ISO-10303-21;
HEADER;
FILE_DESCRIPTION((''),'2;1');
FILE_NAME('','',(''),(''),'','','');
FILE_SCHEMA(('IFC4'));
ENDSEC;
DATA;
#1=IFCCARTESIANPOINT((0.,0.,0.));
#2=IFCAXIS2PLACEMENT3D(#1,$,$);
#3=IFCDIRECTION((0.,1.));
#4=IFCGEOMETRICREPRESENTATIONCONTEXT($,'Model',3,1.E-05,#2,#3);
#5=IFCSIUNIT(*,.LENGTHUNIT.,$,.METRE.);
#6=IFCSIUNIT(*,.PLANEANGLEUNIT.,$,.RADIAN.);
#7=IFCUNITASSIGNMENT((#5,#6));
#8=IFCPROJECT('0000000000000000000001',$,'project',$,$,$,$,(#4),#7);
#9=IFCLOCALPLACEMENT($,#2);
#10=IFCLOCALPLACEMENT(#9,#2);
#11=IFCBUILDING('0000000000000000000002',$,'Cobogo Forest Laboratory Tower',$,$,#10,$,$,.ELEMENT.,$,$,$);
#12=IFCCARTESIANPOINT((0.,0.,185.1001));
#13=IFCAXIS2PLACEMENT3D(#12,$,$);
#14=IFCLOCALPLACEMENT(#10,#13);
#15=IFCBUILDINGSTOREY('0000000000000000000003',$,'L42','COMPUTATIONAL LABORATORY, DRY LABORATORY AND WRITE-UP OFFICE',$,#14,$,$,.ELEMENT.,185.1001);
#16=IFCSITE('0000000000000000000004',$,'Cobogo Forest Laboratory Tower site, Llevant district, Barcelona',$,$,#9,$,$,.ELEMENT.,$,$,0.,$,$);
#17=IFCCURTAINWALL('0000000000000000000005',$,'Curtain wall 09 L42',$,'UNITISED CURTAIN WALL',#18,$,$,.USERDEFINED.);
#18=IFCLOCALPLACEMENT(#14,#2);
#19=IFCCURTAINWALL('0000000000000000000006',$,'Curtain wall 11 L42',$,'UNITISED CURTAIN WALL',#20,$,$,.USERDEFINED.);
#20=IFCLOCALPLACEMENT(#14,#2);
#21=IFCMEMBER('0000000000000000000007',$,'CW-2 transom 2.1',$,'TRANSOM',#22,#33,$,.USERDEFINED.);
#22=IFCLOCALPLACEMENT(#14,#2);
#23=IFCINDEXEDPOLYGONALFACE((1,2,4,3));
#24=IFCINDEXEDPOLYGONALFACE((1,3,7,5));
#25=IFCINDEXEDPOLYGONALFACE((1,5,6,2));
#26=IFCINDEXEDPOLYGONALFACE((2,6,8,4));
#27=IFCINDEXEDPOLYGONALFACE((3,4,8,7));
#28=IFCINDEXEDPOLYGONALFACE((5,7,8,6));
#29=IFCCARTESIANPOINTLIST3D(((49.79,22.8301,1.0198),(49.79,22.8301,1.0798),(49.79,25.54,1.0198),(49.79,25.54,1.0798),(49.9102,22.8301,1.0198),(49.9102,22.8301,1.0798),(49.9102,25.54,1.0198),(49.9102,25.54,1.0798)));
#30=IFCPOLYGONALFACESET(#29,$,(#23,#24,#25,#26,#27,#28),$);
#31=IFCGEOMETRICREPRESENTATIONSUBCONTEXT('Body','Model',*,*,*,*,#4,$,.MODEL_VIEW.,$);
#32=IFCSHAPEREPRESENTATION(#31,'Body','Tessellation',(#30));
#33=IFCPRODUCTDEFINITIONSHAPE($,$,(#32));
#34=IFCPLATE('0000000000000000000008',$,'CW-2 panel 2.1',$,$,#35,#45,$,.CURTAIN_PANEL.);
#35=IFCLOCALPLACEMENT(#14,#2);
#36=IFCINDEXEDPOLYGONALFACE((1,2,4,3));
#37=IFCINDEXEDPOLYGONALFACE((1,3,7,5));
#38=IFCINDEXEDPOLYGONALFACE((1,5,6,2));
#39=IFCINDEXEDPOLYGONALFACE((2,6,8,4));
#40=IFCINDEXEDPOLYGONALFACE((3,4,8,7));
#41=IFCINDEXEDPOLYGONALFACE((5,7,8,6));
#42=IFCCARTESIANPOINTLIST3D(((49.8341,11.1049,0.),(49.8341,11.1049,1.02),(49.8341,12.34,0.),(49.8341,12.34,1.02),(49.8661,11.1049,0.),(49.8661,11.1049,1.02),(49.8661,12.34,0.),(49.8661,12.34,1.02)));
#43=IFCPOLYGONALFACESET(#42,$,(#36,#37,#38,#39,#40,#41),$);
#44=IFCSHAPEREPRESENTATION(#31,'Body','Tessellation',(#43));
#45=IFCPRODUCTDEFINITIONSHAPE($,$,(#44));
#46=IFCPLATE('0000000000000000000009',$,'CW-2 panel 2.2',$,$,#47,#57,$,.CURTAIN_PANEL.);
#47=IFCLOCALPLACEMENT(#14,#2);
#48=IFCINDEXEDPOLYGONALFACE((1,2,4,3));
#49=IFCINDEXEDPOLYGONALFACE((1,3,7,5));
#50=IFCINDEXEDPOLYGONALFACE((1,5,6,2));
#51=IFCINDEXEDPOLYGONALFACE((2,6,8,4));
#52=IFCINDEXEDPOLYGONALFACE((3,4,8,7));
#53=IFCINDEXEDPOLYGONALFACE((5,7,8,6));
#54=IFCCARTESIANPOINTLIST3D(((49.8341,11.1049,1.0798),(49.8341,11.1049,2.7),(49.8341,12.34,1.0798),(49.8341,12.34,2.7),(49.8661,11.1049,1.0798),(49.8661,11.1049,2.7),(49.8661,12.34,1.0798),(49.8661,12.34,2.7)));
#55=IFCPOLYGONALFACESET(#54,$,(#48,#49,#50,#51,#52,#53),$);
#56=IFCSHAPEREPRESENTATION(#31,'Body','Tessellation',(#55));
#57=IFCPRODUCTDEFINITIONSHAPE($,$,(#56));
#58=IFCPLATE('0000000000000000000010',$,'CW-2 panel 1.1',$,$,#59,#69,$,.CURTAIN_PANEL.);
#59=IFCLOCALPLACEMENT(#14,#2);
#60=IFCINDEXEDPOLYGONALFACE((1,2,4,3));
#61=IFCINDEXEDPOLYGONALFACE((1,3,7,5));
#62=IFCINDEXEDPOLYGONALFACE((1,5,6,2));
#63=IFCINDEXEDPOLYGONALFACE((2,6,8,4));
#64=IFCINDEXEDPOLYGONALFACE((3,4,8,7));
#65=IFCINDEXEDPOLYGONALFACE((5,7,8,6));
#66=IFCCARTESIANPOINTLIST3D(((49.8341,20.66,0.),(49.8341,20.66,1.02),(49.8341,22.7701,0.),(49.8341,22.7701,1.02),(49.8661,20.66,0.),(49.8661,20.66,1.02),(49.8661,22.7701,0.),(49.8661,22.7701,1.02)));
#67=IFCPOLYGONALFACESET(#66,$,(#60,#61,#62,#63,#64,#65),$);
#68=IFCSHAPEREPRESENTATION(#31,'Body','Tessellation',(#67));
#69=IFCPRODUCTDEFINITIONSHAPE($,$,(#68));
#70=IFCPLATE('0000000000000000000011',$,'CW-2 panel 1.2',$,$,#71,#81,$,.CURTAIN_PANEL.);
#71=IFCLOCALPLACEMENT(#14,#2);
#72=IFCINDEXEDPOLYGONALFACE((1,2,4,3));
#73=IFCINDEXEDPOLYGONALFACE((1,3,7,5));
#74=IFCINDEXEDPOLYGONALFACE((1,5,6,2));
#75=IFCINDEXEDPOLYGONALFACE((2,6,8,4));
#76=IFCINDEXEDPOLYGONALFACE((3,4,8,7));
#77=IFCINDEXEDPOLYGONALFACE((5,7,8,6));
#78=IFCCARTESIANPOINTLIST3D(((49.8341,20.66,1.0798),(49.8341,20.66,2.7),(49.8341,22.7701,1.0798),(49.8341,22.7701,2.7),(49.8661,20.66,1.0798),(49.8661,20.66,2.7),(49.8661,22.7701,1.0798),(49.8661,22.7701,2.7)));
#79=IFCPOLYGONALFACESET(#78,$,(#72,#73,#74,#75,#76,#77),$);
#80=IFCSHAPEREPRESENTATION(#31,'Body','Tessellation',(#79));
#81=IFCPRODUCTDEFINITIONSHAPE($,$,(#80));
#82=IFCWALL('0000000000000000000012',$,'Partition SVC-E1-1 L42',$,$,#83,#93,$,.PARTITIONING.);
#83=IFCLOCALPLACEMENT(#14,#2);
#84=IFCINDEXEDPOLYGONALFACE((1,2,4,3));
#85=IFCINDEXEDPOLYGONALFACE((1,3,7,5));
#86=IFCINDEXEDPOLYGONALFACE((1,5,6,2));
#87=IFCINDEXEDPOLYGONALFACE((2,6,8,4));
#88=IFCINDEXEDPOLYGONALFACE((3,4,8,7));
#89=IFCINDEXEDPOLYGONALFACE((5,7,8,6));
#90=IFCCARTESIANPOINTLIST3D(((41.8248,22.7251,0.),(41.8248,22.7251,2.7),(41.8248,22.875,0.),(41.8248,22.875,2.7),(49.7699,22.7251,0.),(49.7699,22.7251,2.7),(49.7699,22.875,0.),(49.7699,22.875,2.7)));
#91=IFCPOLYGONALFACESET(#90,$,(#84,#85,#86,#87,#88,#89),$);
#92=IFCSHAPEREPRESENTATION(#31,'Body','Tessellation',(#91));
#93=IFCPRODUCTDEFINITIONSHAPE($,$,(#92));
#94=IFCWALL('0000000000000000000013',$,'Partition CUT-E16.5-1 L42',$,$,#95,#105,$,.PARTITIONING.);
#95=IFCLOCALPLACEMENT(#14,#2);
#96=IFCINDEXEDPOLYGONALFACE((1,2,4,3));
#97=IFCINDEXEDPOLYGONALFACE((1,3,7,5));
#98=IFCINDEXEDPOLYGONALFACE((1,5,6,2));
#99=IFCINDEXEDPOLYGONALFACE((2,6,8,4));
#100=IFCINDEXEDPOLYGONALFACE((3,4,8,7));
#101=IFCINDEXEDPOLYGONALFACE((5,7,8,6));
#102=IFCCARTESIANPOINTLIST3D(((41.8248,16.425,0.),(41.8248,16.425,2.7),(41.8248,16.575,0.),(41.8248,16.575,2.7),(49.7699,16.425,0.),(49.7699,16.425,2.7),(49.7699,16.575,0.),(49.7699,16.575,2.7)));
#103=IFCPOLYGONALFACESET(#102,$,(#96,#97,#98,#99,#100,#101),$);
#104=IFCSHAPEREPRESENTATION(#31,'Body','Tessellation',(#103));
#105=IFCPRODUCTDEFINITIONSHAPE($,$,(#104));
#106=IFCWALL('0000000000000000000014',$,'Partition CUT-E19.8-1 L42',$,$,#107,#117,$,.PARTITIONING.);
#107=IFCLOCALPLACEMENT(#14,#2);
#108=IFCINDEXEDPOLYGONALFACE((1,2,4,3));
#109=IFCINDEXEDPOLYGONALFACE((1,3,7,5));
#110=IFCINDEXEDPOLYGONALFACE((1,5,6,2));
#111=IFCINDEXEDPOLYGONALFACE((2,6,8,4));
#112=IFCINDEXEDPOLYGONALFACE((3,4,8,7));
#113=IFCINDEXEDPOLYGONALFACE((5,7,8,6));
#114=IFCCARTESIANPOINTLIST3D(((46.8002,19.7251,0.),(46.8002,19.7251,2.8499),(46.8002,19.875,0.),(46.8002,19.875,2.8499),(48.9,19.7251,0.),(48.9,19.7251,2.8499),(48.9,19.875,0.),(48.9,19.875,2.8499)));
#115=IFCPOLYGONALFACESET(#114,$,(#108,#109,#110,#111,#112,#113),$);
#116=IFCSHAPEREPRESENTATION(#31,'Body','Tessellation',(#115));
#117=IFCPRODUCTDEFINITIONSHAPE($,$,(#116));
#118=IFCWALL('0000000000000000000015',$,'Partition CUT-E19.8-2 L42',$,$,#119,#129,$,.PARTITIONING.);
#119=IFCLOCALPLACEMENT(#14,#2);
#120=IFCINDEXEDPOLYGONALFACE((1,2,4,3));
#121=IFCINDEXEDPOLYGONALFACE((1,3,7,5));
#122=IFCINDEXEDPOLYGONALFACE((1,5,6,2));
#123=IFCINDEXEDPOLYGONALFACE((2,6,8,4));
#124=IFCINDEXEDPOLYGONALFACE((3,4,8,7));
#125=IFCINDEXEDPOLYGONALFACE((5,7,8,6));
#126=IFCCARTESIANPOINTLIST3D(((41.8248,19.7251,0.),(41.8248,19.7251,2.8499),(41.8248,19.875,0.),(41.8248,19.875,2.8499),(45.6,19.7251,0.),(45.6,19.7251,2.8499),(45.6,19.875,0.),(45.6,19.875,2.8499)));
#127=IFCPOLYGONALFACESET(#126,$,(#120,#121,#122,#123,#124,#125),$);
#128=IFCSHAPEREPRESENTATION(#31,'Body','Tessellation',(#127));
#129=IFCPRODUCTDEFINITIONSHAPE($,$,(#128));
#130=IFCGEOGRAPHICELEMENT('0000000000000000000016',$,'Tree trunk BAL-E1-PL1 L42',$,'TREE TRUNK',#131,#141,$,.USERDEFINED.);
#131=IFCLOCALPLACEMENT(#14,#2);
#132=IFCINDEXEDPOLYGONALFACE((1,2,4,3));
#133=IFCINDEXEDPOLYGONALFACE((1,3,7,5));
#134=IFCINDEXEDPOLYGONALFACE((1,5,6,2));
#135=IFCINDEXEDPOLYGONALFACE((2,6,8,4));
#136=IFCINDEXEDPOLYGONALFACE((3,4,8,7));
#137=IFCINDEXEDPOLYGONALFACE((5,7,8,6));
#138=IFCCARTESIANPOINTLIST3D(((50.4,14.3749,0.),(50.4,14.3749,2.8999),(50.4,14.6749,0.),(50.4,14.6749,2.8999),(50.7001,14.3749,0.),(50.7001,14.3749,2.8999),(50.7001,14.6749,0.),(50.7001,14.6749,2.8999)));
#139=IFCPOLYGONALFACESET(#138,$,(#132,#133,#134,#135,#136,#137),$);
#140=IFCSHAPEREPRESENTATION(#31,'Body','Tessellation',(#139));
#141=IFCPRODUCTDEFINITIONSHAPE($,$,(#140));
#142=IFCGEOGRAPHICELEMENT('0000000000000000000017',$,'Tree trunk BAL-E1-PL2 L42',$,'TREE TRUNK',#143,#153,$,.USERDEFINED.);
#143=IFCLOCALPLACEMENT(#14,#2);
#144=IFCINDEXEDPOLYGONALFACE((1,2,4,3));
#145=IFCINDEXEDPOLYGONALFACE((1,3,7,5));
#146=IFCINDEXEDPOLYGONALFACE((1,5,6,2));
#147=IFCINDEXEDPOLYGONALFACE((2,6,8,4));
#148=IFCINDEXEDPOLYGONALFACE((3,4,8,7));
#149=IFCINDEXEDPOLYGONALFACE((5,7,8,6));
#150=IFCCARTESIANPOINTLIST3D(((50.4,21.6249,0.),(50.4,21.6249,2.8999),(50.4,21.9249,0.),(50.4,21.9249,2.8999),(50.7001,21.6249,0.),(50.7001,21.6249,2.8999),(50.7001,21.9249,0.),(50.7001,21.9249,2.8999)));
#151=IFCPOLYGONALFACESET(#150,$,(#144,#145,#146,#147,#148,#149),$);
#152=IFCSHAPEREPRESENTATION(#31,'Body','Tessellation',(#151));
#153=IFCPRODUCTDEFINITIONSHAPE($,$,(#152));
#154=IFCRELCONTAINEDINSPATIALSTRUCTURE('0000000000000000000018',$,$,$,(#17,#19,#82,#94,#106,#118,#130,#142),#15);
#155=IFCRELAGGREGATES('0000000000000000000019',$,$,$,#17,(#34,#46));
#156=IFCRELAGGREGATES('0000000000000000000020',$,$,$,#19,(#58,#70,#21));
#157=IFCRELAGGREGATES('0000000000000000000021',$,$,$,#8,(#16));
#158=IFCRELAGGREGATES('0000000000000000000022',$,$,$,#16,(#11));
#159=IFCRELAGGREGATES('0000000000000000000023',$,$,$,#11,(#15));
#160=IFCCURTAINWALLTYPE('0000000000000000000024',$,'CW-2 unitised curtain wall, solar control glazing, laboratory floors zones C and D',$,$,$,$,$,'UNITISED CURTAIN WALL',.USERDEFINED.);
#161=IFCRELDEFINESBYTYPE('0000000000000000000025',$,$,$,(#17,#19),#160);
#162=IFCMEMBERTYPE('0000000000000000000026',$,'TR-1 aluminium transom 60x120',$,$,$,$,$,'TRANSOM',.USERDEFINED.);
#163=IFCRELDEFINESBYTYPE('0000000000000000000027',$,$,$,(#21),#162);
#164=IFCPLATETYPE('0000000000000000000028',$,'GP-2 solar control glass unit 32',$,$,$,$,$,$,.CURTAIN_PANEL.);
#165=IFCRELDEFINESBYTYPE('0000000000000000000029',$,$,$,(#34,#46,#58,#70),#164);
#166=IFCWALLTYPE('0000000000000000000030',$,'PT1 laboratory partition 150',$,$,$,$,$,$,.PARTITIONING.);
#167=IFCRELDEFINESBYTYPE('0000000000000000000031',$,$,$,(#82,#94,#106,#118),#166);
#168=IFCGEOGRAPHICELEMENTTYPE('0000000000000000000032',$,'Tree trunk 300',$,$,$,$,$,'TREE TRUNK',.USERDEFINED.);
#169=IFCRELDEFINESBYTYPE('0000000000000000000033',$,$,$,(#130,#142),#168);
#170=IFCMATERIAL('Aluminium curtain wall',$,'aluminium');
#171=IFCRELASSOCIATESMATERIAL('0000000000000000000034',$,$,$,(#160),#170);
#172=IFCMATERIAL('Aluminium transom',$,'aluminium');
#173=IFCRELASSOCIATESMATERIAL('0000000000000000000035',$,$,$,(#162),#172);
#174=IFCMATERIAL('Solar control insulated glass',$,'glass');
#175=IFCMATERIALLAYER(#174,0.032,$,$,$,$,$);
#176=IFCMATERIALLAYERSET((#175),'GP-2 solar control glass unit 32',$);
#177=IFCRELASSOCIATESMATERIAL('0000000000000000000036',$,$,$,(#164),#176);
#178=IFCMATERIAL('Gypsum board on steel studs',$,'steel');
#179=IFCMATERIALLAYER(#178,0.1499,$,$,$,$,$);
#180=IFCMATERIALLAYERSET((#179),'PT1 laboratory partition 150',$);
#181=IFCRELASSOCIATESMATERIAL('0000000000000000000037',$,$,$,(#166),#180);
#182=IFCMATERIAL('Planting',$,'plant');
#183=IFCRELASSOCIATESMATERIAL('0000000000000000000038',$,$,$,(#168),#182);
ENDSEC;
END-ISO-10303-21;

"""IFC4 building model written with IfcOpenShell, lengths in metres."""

from ifc_helpers import new_model, si_unit, direction, frame, frame_2d, origin, origin_2d, place, context, subcontext, project, spatial, rectangle, extrude, material, layer, layer_set, material_profile, profile_set, type_object, element, aggregate, save


model = new_model("IFC4")

# Units and contexts
model_context = context("Model", 3, precision=1e-05, world=origin(), true_north=direction((0.0, 1.0)))
body_context = subcontext(model_context, "Body", "Model", "MODEL_VIEW")
ifc_project = project(units=[si_unit("LENGTHUNIT", "METRE"), si_unit("PLANEANGLEUNIT", "RADIAN")], contexts=[model_context])

# Site, building, storey
site_placement = place(None, origin())
site = spatial("IfcSite", under=ifc_project, at=site_placement, Name="Cobogo Forest Laboratory Tower site, Llevant district, Barcelona", CompositionType="ELEMENT", RefElevation=0.0)
building_placement = place(site_placement, origin())
building = spatial("IfcBuilding", under=site, at=building_placement, Name="Cobogo Forest Laboratory Tower", CompositionType="ELEMENT")
storey_placement = place(building_placement, frame((0.0, 0.0, 185.1001)))
storey = spatial("IfcBuildingStorey", under=building, at=storey_placement, Name="L42", Description="COMPUTATIONAL LABORATORY, DRY LABORATORY AND WRITE-UP OFFICE", CompositionType="ELEMENT", Elevation=185.1001)

# Curtain wall
ifc_material_1 = material(Name="Aluminium curtain wall", Category="aluminium")
curtain_wall_type = type_object("IfcCurtainWallType", Name="CW-2 unitised curtain wall, solar control glazing, laboratory floors zones C and D", ElementType="UNITISED CURTAIN WALL", PredefinedType="USERDEFINED", material=ifc_material_1)
curtain_wall_1_placement = place(storey_placement, origin())
curtain_wall_1 = element("IfcCurtainWall", 1, at=curtain_wall_1_placement, inside=storey, type_object=curtain_wall_type, Name="Curtain wall 09 L42", ObjectType="UNITISED CURTAIN WALL", PredefinedType="USERDEFINED")

# Curtain wall
curtain_wall_2_placement = place(storey_placement, origin())
curtain_wall_2 = element("IfcCurtainWall", 2, at=curtain_wall_2_placement, inside=storey, type_object=curtain_wall_type, Name="Curtain wall 11 L42", ObjectType="UNITISED CURTAIN WALL", PredefinedType="USERDEFINED")

# Member
ifc_material_2 = material(Name="Aluminium transom", Category="aluminium")
ifc_material_profile_1 = material_profile(ifc_material_2, rectangle(XDim=0.1201, YDim=0.0601, at=origin_2d()), Name="AL 60x120")
ifc_profile_set_1 = profile_set([ifc_material_profile_1], Name="Aluminium transom")
member_type_1 = type_object("IfcMemberType", Name="TR-1 aluminium transom 60x120", ElementType="TRANSOM", PredefinedType="USERDEFINED", material=ifc_profile_set_1)
member_1_placement = place(storey_placement, frame((49.8501, 22.8301, 1.0498), z_axis=(0.0, 1.0, 0.0), x_axis=(-1.0, 0.0, 0.0)))
member_1 = element("IfcMember", 3, at=member_1_placement, type_object=member_type_1, Name="CW-2 transom 2.1", ObjectType="TRANSOM", PredefinedType="USERDEFINED", context=body_context, shape_type="SweptSolid", body=[
    extrude(rectangle(XDim=0.1201, YDim=0.0601, at=origin_2d()), origin(), (0.0, 0.0, 1.0), 2.71),
])

# Plates
ifc_material_3 = material(Name="Solar control insulated glass", Category="glass")
ifc_layer_1 = layer(ifc_material_3, 0.032)
ifc_layer_set_1 = layer_set([ifc_layer_1], Name="GP-2 solar control glass unit 32")
plate_type = type_object("IfcPlateType", Name="GP-2 solar control glass unit 32", PredefinedType="CURTAIN_PANEL", material=ifc_layer_set_1)
plate_1_placement = place(storey_placement, frame((49.8501, 11.7224, 0.0), z_axis=(0.0, 0.0, 1.0), x_axis=(0.0, 1.0, 0.0)))
plate_1 = element("IfcPlate", 4, at=plate_1_placement, type_object=plate_type, Name="CW-2 panel 2.1", PredefinedType="CURTAIN_PANEL", context=body_context, shape_type="SweptSolid", body=[
    extrude(rectangle(XDim=1.2351, YDim=0.032, at=origin_2d()), origin(), (0.0, 0.0, 1.0), 1.02),
])
plate_2_placement = place(storey_placement, frame((49.8501, 11.7224, 1.0798), z_axis=(0.0, 0.0, 1.0), x_axis=(0.0, 1.0, 0.0)))
plate_2 = element("IfcPlate", 5, at=plate_2_placement, type_object=plate_type, Name="CW-2 panel 2.2", PredefinedType="CURTAIN_PANEL", context=body_context, shape_type="SweptSolid", body=[
    extrude(rectangle(XDim=1.2351, YDim=0.032, at=origin_2d()), origin(), (0.0, 0.0, 1.0), 1.6201),
])
aggregate(curtain_wall_1, [plate_1, plate_2])
plate_3_placement = place(storey_placement, frame((49.8501, 21.7151, 0.0), z_axis=(0.0, 0.0, 1.0), x_axis=(0.0, 1.0, 0.0)))
plate_3 = element("IfcPlate", 6, at=plate_3_placement, type_object=plate_type, Name="CW-2 panel 1.1", PredefinedType="CURTAIN_PANEL", context=body_context, shape_type="SweptSolid", body=[
    extrude(rectangle(XDim=2.1101, YDim=0.032, at=origin_2d()), origin(), (0.0, 0.0, 1.0), 1.02),
])
plate_4_placement = place(storey_placement, frame((49.8501, 21.7151, 1.0798), z_axis=(0.0, 0.0, 1.0), x_axis=(0.0, 1.0, 0.0)))
plate_4 = element("IfcPlate", 7, at=plate_4_placement, type_object=plate_type, Name="CW-2 panel 1.2", PredefinedType="CURTAIN_PANEL", context=body_context, shape_type="SweptSolid", body=[
    extrude(rectangle(XDim=2.1101, YDim=0.032, at=origin_2d()), origin(), (0.0, 0.0, 1.0), 1.6201),
])
aggregate(curtain_wall_2, [plate_3, plate_4, member_1])

# Walls
ifc_material_4 = material(Name="Gypsum board on steel studs", Category="steel")
ifc_layer_2 = layer(ifc_material_4, 0.1499)
ifc_layer_set_2 = layer_set([ifc_layer_2], Name="PT1 laboratory partition 150")
wall_type_1 = type_object("IfcWallType", Name="PT1 laboratory partition 150", PredefinedType="PARTITIONING", material=ifc_layer_set_2)
for number, where, z_axis, x_axis, name in (
    (8, (49.77, 22.8, 0.0), (0.0, 0.0, 1.0), (-1.0, 0.0, 0.0), "Partition SVC-E1-1 L42"),
    (9, (49.77, 16.5, 0.0), (0.0, 0.0, 1.0), (-1.0, 0.0, 0.0), "Partition CUT-E16.5-1 L42"),
):
    element("IfcWall", number, at=place(storey_placement, frame(where, z_axis=z_axis, x_axis=x_axis)), inside=storey, type_object=wall_type_1, Name=name, PredefinedType="PARTITIONING", context=body_context, shape_type="SweptSolid", body=[
        extrude(rectangle(XDim=7.9451, YDim=0.1499, at=frame_2d((3.9727, 0.0))), origin(), (0.0, 0.0, 1.0), 2.7),
    ])
wall_1_placement = place(storey_placement, frame((48.8999, 19.8, 0.0), z_axis=(0.0, 0.0, 1.0), x_axis=(-1.0, 0.0, 0.0)))
element("IfcWall", 10, at=wall_1_placement, inside=storey, type_object=wall_type_1, Name="Partition CUT-E19.8-1 L42", PredefinedType="PARTITIONING", context=body_context, shape_type="SweptSolid", body=[
    extrude(rectangle(XDim=2.0999, YDim=0.1499, at=frame_2d((1.0498, 0.0))), origin(), (0.0, 0.0, 1.0), 2.8499),
])
wall_2_placement = place(storey_placement, frame((45.6001, 19.8, 0.0), z_axis=(0.0, 0.0, 1.0), x_axis=(-1.0, 0.0, 0.0)))
element("IfcWall", 11, at=wall_2_placement, inside=storey, type_object=wall_type_1, Name="Partition CUT-E19.8-2 L42", PredefinedType="PARTITIONING", context=body_context, shape_type="SweptSolid", body=[
    extrude(rectangle(XDim=3.7751, YDim=0.1499, at=frame_2d((1.8877, 0.0))), origin(), (0.0, 0.0, 1.0), 2.8499),
])

# Geographic elements
ifc_material_5 = material(Name="Planting", Category="plant")
geographic_element_type = type_object("IfcGeographicElementType", Name="Tree trunk 300", ElementType="TREE TRUNK", PredefinedType="USERDEFINED", material=ifc_material_5)
for number, where, z_axis, x_axis, name in (
    (12, (50.55, 14.5249, 0.0), (0.0, 0.0, 1.0), (1.0, 0.0, 0.0), "Tree trunk BAL-E1-PL1 L42"),
    (13, (50.55, 21.7749, 0.0), (0.0, 0.0, 1.0), (1.0, 0.0, 0.0), "Tree trunk BAL-E1-PL2 L42"),
):
    element("IfcGeographicElement", number, at=place(storey_placement, frame(where, z_axis=z_axis, x_axis=x_axis)), inside=storey, type_object=geographic_element_type, Name=name, ObjectType="TREE TRUNK", PredefinedType="USERDEFINED", context=body_context, shape_type="SweptSolid", body=[
        extrude(rectangle(XDim=0.3, YDim=0.3, at=origin_2d()), origin(), (0.0, 0.0, 1.0), 2.8999),
    ])

save(model, "model.ifc")
